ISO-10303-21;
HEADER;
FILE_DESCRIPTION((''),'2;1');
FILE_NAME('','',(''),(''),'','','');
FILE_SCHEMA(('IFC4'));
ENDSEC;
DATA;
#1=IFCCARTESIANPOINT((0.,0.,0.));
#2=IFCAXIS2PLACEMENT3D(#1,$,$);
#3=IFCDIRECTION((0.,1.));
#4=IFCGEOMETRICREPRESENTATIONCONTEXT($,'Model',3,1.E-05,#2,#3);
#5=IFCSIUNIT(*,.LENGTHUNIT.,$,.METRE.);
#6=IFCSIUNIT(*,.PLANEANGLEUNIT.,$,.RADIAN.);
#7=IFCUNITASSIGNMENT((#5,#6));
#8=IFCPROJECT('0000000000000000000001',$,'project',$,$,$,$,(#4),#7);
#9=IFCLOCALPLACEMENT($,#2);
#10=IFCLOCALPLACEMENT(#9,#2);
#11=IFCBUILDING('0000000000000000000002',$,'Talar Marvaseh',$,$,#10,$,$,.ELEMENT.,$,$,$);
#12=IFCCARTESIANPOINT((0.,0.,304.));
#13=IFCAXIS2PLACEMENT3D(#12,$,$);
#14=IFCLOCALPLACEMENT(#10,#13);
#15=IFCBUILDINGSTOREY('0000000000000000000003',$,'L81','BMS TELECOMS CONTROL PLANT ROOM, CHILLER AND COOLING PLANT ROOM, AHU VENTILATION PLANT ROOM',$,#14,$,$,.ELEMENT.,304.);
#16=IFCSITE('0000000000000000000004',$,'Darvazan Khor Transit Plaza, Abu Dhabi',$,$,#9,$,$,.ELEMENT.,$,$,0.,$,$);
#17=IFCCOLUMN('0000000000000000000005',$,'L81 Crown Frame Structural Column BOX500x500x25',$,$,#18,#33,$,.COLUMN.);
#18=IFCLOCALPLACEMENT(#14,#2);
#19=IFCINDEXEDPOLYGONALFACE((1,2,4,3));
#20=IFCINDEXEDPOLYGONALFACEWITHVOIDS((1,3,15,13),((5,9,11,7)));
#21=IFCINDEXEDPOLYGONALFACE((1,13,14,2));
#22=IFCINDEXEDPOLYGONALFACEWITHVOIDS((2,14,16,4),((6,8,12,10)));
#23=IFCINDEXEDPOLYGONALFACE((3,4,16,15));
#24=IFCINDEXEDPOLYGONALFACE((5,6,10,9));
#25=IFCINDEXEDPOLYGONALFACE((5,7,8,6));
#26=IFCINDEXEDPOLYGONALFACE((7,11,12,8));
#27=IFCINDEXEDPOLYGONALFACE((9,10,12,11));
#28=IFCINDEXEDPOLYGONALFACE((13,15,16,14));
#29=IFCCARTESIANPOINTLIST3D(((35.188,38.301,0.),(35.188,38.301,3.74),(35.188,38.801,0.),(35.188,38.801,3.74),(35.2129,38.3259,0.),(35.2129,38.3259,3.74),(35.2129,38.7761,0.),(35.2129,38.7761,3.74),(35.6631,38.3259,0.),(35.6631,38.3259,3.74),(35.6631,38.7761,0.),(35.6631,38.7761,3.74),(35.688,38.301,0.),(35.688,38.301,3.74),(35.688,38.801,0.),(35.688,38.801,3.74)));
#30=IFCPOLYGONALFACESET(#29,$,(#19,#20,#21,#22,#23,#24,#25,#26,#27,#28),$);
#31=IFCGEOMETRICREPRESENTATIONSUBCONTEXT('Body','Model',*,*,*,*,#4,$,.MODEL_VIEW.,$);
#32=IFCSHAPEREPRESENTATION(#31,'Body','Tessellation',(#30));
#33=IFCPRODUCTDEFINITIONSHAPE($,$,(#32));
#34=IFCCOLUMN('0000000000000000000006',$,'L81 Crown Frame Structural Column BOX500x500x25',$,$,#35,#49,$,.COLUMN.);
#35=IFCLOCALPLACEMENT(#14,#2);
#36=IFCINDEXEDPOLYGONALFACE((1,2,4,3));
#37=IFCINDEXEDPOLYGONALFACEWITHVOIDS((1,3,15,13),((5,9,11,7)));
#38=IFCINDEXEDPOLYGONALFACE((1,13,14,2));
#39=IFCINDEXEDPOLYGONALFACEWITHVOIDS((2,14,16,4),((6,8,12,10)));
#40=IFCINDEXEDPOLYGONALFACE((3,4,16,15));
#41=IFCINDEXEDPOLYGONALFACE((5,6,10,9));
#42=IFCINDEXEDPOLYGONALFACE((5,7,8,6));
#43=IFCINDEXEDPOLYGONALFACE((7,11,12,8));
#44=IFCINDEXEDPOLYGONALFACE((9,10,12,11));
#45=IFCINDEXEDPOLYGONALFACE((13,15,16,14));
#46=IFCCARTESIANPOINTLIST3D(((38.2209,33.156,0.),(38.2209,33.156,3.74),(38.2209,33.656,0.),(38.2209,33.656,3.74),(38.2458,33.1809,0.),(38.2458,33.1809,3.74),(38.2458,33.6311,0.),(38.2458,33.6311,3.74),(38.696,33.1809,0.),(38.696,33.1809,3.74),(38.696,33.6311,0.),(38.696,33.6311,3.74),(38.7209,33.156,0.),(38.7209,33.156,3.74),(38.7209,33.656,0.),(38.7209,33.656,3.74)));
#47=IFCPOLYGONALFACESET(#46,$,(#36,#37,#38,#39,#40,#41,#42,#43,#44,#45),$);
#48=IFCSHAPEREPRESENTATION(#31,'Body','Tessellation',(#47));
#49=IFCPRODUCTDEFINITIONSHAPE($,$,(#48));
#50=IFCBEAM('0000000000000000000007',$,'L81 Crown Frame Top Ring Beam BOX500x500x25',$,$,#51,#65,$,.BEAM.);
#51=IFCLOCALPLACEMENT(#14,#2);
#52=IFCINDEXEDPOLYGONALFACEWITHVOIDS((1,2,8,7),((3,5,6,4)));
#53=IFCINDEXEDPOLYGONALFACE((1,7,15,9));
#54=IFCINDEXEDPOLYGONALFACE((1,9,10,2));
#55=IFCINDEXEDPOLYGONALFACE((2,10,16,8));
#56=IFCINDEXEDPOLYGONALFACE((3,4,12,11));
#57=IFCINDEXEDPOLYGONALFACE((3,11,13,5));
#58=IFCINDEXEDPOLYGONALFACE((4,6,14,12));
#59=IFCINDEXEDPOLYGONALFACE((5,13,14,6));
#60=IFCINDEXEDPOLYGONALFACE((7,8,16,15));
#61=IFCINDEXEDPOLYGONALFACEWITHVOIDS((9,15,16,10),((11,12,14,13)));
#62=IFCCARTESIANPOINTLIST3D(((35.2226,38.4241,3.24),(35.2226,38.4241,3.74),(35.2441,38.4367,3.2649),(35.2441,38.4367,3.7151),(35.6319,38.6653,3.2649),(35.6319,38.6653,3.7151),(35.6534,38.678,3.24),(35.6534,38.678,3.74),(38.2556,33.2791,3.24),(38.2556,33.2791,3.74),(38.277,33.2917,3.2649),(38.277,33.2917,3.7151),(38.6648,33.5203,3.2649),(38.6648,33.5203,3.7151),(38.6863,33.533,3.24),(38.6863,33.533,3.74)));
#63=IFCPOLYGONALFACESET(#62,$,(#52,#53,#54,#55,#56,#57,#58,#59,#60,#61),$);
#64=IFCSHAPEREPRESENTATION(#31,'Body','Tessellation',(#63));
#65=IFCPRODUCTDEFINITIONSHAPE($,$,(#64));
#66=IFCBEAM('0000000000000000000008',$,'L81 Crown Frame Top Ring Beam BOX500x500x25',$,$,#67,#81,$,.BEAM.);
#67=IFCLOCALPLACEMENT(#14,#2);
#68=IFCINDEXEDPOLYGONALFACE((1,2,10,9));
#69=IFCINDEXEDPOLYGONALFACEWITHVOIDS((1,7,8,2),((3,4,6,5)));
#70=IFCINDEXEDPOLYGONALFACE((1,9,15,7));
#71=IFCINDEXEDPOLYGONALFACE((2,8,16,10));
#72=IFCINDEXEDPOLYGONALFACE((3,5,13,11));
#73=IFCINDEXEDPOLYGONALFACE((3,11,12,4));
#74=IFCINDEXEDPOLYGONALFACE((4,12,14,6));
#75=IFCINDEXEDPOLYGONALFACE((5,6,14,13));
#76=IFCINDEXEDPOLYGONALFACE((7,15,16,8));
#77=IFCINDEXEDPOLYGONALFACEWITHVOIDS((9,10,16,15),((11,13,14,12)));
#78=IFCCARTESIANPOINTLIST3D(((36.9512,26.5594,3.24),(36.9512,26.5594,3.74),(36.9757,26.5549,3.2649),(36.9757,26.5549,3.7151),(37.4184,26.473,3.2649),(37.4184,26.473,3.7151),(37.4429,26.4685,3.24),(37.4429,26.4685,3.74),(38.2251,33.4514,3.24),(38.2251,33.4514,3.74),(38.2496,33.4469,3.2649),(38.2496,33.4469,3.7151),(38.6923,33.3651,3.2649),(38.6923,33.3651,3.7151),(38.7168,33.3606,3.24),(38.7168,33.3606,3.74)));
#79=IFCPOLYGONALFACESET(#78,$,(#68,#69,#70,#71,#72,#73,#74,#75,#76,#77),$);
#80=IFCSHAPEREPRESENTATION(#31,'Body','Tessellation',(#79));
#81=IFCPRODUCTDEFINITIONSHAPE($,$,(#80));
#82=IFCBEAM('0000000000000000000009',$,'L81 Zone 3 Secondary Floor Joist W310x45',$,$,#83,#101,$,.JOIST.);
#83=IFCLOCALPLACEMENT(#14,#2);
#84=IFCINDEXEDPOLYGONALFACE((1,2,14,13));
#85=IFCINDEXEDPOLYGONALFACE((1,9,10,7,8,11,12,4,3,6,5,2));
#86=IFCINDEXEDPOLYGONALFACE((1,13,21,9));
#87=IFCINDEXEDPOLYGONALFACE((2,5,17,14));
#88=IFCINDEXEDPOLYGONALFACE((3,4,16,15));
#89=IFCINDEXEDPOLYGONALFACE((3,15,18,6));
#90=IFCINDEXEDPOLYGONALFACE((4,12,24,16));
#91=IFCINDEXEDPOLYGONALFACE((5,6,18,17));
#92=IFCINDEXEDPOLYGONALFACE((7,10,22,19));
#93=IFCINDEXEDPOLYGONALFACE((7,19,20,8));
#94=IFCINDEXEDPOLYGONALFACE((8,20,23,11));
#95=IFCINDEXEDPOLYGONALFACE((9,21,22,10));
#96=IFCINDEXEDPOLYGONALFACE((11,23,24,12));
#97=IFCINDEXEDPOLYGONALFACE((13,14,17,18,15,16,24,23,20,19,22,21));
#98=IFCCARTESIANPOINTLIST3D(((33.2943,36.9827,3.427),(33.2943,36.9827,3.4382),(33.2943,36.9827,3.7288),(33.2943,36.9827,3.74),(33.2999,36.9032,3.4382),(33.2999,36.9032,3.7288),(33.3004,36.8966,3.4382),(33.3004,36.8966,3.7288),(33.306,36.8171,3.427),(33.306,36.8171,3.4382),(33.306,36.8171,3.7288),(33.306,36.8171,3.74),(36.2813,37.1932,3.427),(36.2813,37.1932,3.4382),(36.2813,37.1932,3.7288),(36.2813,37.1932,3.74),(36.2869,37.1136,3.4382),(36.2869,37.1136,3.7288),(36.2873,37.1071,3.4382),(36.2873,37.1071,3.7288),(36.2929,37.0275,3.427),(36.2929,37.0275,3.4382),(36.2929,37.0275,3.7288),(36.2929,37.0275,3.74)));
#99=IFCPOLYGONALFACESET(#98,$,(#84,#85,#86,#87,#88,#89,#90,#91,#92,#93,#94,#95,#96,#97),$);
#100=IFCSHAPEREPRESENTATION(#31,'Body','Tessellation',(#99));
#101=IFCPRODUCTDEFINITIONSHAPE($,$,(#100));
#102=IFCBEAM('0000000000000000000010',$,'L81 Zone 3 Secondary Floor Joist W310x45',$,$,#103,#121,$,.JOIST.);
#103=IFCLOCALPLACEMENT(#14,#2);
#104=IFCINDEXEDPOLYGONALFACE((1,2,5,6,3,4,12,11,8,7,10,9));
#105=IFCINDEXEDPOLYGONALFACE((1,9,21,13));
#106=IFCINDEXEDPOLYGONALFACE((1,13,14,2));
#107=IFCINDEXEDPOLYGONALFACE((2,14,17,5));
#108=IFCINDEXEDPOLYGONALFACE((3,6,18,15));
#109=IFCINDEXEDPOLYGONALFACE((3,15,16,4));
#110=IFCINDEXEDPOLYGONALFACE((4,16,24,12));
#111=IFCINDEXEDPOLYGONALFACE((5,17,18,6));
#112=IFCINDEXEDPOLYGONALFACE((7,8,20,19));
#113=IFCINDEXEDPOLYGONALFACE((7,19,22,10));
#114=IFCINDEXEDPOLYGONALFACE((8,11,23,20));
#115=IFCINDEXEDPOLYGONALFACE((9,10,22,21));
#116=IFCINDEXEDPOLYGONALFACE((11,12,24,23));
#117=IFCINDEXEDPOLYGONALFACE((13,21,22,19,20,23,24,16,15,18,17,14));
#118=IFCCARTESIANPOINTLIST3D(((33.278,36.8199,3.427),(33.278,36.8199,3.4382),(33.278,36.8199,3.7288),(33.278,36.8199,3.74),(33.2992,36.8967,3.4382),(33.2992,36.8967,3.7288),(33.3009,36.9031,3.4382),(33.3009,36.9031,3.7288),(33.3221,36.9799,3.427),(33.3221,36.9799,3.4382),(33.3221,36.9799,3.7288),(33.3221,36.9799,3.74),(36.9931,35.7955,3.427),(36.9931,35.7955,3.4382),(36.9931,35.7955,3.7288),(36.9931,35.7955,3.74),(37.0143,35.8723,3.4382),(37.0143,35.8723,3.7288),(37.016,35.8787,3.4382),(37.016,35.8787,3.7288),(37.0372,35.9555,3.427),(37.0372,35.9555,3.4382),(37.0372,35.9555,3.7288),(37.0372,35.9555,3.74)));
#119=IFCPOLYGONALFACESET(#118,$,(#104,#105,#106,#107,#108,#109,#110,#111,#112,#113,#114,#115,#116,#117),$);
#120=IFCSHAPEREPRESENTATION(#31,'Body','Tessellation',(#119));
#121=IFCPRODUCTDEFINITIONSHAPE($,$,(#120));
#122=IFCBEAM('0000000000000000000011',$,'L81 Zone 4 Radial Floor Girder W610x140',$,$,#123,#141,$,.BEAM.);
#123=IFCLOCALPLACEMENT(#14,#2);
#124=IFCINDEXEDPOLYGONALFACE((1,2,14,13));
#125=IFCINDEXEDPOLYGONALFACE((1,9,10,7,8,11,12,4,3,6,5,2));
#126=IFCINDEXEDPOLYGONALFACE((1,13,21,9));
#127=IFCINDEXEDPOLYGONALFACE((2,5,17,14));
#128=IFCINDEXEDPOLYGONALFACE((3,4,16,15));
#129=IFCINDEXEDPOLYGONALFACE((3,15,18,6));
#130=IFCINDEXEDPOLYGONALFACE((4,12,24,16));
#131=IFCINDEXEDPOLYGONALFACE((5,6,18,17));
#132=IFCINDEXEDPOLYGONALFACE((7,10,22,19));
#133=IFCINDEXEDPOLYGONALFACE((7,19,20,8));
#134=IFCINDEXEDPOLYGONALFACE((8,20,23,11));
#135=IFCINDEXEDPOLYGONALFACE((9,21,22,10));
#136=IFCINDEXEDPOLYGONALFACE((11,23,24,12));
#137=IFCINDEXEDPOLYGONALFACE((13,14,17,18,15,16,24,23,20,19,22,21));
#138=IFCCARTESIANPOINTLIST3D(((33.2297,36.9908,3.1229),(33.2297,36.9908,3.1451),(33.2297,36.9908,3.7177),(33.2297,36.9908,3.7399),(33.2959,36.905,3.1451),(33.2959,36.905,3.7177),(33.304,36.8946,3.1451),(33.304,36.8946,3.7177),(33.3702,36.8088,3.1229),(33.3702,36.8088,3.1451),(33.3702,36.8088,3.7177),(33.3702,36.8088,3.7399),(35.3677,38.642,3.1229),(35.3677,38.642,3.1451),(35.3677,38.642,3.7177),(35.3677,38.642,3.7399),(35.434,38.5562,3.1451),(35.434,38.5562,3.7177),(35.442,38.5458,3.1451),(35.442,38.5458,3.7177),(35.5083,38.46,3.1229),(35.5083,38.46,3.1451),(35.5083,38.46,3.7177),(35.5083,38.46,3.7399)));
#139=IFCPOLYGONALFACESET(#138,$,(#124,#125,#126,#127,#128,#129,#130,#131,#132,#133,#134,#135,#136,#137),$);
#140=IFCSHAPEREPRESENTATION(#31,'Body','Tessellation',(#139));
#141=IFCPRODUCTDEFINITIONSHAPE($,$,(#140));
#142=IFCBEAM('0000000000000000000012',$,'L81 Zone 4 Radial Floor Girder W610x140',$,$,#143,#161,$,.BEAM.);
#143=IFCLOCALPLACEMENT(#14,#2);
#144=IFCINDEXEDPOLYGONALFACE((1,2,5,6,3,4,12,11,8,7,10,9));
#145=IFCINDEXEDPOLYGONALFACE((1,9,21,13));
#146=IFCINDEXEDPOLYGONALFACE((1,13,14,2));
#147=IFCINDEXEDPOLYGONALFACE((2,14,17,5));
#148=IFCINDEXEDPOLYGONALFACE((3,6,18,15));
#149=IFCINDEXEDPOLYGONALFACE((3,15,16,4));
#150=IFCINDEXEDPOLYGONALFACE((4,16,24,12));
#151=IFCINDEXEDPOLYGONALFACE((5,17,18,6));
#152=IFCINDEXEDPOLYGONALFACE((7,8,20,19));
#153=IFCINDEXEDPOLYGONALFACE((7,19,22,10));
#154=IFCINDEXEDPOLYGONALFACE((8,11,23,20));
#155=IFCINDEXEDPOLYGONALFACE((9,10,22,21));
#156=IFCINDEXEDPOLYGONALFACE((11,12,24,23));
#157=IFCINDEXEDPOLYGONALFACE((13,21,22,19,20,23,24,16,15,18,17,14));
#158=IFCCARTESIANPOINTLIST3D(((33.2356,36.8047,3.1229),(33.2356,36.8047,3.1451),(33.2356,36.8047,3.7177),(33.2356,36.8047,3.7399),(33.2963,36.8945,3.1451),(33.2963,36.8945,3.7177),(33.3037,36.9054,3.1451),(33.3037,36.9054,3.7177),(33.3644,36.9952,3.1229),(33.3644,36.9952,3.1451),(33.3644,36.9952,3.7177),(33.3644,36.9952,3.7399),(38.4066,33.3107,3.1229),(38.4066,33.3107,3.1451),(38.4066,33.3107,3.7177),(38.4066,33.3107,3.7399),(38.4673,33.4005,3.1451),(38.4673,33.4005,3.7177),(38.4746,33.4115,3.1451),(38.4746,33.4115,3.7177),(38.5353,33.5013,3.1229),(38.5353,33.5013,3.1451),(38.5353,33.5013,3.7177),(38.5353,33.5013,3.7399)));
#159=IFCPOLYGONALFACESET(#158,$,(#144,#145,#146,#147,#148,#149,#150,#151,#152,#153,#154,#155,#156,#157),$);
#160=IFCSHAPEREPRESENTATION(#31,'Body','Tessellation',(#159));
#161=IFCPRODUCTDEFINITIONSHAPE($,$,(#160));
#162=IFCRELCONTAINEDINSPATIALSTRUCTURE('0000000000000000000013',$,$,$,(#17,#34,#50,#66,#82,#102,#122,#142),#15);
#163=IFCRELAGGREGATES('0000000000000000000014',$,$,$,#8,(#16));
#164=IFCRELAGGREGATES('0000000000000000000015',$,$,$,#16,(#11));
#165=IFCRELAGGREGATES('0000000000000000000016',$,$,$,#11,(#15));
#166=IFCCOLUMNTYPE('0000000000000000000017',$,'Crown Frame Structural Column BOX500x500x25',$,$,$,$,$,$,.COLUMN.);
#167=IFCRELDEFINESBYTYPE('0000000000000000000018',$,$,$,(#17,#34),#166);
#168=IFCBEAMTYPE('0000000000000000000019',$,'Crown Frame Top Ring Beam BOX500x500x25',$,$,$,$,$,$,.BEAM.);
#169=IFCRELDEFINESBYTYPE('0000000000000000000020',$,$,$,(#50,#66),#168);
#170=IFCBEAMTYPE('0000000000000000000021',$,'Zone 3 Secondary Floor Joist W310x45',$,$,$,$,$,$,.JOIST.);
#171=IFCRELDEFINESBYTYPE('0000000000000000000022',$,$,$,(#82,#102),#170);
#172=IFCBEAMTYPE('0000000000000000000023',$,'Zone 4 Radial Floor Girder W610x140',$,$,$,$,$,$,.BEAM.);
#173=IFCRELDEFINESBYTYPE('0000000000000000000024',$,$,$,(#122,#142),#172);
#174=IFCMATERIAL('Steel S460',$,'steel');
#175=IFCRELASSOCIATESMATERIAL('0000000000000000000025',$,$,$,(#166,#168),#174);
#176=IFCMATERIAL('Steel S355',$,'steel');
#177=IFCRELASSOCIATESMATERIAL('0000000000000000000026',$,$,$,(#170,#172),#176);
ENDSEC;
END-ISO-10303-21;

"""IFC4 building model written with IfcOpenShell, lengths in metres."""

from ifc_helpers import new_model, si_unit, direction, frame, origin, origin_2d, place, context, subcontext, project, spatial, hollow_rectangle, i_section, extrude, material, material_profile, profile_set, type_object, element, save


model = new_model("IFC4")

# Units and contexts
model_context = context("Model", 3, precision=1e-05, world=origin(), true_north=direction((0.0, 1.0)))
body_context = subcontext(model_context, "Body", "Model", "MODEL_VIEW")
ifc_project = project(units=[si_unit("LENGTHUNIT", "METRE"), si_unit("PLANEANGLEUNIT", "RADIAN")], contexts=[model_context])

# Site, building, storey
site_placement = place(None, origin())
site = spatial("IfcSite", under=ifc_project, at=site_placement, Name="Darvazan Khor Transit Plaza, Abu Dhabi", CompositionType="ELEMENT", RefElevation=0.0)
building_placement = place(site_placement, origin())
building = spatial("IfcBuilding", under=site, at=building_placement, Name="Talar Marvaseh", CompositionType="ELEMENT")
storey_placement = place(building_placement, frame((0.0, 0.0, 304.0)))
storey = spatial("IfcBuildingStorey", under=building, at=storey_placement, Name="L81", Description="BMS TELECOMS CONTROL PLANT ROOM, CHILLER AND COOLING PLANT ROOM, AHU VENTILATION PLANT ROOM", CompositionType="ELEMENT", Elevation=304.0)

# Columns
ifc_material_1 = material(Name="Steel S460", Category="steel")
ifc_material_profile_1 = material_profile(ifc_material_1, hollow_rectangle(XDim=0.5, YDim=0.5, WallThickness=0.0249, at=origin_2d()), Name="BOX500x500x25")
ifc_profile_set_1 = profile_set([ifc_material_profile_1], Name="Steel S460")
column_type = type_object("IfcColumnType", Name="Crown Frame Structural Column BOX500x500x25", PredefinedType="COLUMN", material=ifc_profile_set_1)
for number, where, z_axis, x_axis, name in (
    (1, (35.438, 38.551, 0.0), (0.0, 0.0, 1.0), (1.0, 0.0, 0.0), "L81 Crown Frame Structural Column BOX500x500x25"),
    (2, (38.4709, 33.406, 0.0), (0.0, 0.0, 1.0), (1.0, 0.0, 0.0), "L81 Crown Frame Structural Column BOX500x500x25"),
):
    element("IfcColumn", number, at=place(storey_placement, frame(where, z_axis=z_axis, x_axis=x_axis)), inside=storey, type_object=column_type, Name=name, PredefinedType="COLUMN", context=body_context, shape_type="SweptSolid", body=[
        extrude(hollow_rectangle(XDim=0.5, YDim=0.5, WallThickness=0.0249, at=origin_2d()), origin(), (0.0, 0.0, 1.0), 3.74),
    ])

# Beams
ifc_material_profile_2 = material_profile(ifc_material_1, hollow_rectangle(XDim=0.5, YDim=0.5, WallThickness=0.0249, at=origin_2d()), Name="BOX500x500x25")
ifc_profile_set_2 = profile_set([ifc_material_profile_2], Name="Steel S460")
beam_type_1 = type_object("IfcBeamType", Name="Crown Frame Top Ring Beam BOX500x500x25", PredefinedType="BEAM", material=ifc_profile_set_2)
beam_1_placement = place(storey_placement, frame((35.438, 38.551, 3.49), z_axis=(0.507826, -0.86146, 0.0), x_axis=(0.86146, 0.507826, 0.0)))
element("IfcBeam", 3, at=beam_1_placement, inside=storey, type_object=beam_type_1, Name="L81 Crown Frame Top Ring Beam BOX500x500x25", PredefinedType="BEAM", context=body_context, shape_type="SweptSolid", body=[
    extrude(hollow_rectangle(XDim=0.5, YDim=0.5, WallThickness=0.0249, at=origin_2d()), origin(), (0.0, 0.0, 1.0), 5.9724),
])
beam_2_placement = place(storey_placement, frame((38.4709, 33.406, 3.49), z_axis=(-0.18176, -0.983343, 0.0), x_axis=(0.983343, -0.18176, 0.0)))
element("IfcBeam", 4, at=beam_2_placement, inside=storey, type_object=beam_type_1, Name="L81 Crown Frame Top Ring Beam BOX500x500x25", PredefinedType="BEAM", context=body_context, shape_type="SweptSolid", body=[
    extrude(hollow_rectangle(XDim=0.5, YDim=0.5, WallThickness=0.0249, at=origin_2d()), origin(), (0.0, 0.0, 1.0), 7.0088),
])
ifc_material_2 = material(Name="Steel S355", Category="steel")
ifc_material_profile_3 = material_profile(ifc_material_2, i_section(OverallWidth=0.166, OverallDepth=0.313, WebThickness=0.0066, FlangeThickness=0.0112, at=origin_2d()), Name="W310x45")
ifc_profile_set_3 = profile_set([ifc_material_profile_3], Name="Steel S355")
beam_type_2 = type_object("IfcBeamType", Name="Zone 3 Secondary Floor Joist W310x45", PredefinedType="JOIST", material=ifc_profile_set_3)
beam_3_placement = place(storey_placement, frame((36.2871, 37.1104, 3.5835), z_axis=(-0.997527, -0.070279, 0.0), x_axis=(0.070279, -0.997527, 0.0)))
element("IfcBeam", 5, at=beam_3_placement, inside=storey, type_object=beam_type_2, Name="L81 Zone 3 Secondary Floor Joist W310x45", PredefinedType="JOIST", context=body_context, shape_type="SweptSolid", body=[
    extrude(i_section(OverallWidth=0.166, OverallDepth=0.313, WebThickness=0.0066, FlangeThickness=0.0112, at=origin_2d()), origin(), (0.0, 0.0, 1.0), 2.9944),
])
beam_4_placement = place(storey_placement, frame((37.0151, 35.8755, 3.5835), z_axis=(-0.964022, 0.265823, 0.0), x_axis=(-0.265823, -0.964022, 0.0)))
element("IfcBeam", 6, at=beam_4_placement, inside=storey, type_object=beam_type_2, Name="L81 Zone 3 Secondary Floor Joist W310x45", PredefinedType="JOIST", context=body_context, shape_type="SweptSolid", body=[
    extrude(i_section(OverallWidth=0.166, OverallDepth=0.313, WebThickness=0.0066, FlangeThickness=0.0112, at=origin_2d()), origin(), (0.0, 0.0, 1.0), 3.8538),
])
ifc_material_profile_4 = material_profile(ifc_material_2, i_section(OverallWidth=0.23, OverallDepth=0.6169, WebThickness=0.0132, FlangeThickness=0.0222, at=origin_2d()), Name="W610x140")
ifc_profile_set_4 = profile_set([ifc_material_profile_4], Name="Steel S355")
beam_type_3 = type_object("IfcBeamType", Name="Zone 4 Radial Floor Girder W610x140", PredefinedType="BEAM", material=ifc_profile_set_4)
beam_5_placement = place(storey_placement, frame((35.438, 38.551, 3.4314), z_axis=(-0.79145, -0.611234, 0.0), x_axis=(0.611234, -0.79145, 0.0)))
element("IfcBeam", 7, at=beam_5_placement, inside=storey, type_object=beam_type_3, Name="L81 Zone 4 Radial Floor Girder W610x140", PredefinedType="BEAM", context=body_context, shape_type="SweptSolid", body=[
    extrude(i_section(OverallWidth=0.23, OverallDepth=0.6169, WebThickness=0.0132, FlangeThickness=0.0222, at=origin_2d()), origin(), (0.0, 0.0, 1.0), 2.7014),
])
beam_6_placement = place(storey_placement, frame((38.4709, 33.406, 3.4314), z_axis=(-0.828586, 0.559862, 0.0), x_axis=(-0.559862, -0.828586, 0.0)))
element("IfcBeam", 8, at=beam_6_placement, inside=storey, type_object=beam_type_3, Name="L81 Zone 4 Radial Floor Girder W610x140", PredefinedType="BEAM", context=body_context, shape_type="SweptSolid", body=[
    extrude(i_section(OverallWidth=0.23, OverallDepth=0.6169, WebThickness=0.0132, FlangeThickness=0.0222, at=origin_2d()), origin(), (0.0, 0.0, 1.0), 6.2407),
])

save(model, "model.ifc")
